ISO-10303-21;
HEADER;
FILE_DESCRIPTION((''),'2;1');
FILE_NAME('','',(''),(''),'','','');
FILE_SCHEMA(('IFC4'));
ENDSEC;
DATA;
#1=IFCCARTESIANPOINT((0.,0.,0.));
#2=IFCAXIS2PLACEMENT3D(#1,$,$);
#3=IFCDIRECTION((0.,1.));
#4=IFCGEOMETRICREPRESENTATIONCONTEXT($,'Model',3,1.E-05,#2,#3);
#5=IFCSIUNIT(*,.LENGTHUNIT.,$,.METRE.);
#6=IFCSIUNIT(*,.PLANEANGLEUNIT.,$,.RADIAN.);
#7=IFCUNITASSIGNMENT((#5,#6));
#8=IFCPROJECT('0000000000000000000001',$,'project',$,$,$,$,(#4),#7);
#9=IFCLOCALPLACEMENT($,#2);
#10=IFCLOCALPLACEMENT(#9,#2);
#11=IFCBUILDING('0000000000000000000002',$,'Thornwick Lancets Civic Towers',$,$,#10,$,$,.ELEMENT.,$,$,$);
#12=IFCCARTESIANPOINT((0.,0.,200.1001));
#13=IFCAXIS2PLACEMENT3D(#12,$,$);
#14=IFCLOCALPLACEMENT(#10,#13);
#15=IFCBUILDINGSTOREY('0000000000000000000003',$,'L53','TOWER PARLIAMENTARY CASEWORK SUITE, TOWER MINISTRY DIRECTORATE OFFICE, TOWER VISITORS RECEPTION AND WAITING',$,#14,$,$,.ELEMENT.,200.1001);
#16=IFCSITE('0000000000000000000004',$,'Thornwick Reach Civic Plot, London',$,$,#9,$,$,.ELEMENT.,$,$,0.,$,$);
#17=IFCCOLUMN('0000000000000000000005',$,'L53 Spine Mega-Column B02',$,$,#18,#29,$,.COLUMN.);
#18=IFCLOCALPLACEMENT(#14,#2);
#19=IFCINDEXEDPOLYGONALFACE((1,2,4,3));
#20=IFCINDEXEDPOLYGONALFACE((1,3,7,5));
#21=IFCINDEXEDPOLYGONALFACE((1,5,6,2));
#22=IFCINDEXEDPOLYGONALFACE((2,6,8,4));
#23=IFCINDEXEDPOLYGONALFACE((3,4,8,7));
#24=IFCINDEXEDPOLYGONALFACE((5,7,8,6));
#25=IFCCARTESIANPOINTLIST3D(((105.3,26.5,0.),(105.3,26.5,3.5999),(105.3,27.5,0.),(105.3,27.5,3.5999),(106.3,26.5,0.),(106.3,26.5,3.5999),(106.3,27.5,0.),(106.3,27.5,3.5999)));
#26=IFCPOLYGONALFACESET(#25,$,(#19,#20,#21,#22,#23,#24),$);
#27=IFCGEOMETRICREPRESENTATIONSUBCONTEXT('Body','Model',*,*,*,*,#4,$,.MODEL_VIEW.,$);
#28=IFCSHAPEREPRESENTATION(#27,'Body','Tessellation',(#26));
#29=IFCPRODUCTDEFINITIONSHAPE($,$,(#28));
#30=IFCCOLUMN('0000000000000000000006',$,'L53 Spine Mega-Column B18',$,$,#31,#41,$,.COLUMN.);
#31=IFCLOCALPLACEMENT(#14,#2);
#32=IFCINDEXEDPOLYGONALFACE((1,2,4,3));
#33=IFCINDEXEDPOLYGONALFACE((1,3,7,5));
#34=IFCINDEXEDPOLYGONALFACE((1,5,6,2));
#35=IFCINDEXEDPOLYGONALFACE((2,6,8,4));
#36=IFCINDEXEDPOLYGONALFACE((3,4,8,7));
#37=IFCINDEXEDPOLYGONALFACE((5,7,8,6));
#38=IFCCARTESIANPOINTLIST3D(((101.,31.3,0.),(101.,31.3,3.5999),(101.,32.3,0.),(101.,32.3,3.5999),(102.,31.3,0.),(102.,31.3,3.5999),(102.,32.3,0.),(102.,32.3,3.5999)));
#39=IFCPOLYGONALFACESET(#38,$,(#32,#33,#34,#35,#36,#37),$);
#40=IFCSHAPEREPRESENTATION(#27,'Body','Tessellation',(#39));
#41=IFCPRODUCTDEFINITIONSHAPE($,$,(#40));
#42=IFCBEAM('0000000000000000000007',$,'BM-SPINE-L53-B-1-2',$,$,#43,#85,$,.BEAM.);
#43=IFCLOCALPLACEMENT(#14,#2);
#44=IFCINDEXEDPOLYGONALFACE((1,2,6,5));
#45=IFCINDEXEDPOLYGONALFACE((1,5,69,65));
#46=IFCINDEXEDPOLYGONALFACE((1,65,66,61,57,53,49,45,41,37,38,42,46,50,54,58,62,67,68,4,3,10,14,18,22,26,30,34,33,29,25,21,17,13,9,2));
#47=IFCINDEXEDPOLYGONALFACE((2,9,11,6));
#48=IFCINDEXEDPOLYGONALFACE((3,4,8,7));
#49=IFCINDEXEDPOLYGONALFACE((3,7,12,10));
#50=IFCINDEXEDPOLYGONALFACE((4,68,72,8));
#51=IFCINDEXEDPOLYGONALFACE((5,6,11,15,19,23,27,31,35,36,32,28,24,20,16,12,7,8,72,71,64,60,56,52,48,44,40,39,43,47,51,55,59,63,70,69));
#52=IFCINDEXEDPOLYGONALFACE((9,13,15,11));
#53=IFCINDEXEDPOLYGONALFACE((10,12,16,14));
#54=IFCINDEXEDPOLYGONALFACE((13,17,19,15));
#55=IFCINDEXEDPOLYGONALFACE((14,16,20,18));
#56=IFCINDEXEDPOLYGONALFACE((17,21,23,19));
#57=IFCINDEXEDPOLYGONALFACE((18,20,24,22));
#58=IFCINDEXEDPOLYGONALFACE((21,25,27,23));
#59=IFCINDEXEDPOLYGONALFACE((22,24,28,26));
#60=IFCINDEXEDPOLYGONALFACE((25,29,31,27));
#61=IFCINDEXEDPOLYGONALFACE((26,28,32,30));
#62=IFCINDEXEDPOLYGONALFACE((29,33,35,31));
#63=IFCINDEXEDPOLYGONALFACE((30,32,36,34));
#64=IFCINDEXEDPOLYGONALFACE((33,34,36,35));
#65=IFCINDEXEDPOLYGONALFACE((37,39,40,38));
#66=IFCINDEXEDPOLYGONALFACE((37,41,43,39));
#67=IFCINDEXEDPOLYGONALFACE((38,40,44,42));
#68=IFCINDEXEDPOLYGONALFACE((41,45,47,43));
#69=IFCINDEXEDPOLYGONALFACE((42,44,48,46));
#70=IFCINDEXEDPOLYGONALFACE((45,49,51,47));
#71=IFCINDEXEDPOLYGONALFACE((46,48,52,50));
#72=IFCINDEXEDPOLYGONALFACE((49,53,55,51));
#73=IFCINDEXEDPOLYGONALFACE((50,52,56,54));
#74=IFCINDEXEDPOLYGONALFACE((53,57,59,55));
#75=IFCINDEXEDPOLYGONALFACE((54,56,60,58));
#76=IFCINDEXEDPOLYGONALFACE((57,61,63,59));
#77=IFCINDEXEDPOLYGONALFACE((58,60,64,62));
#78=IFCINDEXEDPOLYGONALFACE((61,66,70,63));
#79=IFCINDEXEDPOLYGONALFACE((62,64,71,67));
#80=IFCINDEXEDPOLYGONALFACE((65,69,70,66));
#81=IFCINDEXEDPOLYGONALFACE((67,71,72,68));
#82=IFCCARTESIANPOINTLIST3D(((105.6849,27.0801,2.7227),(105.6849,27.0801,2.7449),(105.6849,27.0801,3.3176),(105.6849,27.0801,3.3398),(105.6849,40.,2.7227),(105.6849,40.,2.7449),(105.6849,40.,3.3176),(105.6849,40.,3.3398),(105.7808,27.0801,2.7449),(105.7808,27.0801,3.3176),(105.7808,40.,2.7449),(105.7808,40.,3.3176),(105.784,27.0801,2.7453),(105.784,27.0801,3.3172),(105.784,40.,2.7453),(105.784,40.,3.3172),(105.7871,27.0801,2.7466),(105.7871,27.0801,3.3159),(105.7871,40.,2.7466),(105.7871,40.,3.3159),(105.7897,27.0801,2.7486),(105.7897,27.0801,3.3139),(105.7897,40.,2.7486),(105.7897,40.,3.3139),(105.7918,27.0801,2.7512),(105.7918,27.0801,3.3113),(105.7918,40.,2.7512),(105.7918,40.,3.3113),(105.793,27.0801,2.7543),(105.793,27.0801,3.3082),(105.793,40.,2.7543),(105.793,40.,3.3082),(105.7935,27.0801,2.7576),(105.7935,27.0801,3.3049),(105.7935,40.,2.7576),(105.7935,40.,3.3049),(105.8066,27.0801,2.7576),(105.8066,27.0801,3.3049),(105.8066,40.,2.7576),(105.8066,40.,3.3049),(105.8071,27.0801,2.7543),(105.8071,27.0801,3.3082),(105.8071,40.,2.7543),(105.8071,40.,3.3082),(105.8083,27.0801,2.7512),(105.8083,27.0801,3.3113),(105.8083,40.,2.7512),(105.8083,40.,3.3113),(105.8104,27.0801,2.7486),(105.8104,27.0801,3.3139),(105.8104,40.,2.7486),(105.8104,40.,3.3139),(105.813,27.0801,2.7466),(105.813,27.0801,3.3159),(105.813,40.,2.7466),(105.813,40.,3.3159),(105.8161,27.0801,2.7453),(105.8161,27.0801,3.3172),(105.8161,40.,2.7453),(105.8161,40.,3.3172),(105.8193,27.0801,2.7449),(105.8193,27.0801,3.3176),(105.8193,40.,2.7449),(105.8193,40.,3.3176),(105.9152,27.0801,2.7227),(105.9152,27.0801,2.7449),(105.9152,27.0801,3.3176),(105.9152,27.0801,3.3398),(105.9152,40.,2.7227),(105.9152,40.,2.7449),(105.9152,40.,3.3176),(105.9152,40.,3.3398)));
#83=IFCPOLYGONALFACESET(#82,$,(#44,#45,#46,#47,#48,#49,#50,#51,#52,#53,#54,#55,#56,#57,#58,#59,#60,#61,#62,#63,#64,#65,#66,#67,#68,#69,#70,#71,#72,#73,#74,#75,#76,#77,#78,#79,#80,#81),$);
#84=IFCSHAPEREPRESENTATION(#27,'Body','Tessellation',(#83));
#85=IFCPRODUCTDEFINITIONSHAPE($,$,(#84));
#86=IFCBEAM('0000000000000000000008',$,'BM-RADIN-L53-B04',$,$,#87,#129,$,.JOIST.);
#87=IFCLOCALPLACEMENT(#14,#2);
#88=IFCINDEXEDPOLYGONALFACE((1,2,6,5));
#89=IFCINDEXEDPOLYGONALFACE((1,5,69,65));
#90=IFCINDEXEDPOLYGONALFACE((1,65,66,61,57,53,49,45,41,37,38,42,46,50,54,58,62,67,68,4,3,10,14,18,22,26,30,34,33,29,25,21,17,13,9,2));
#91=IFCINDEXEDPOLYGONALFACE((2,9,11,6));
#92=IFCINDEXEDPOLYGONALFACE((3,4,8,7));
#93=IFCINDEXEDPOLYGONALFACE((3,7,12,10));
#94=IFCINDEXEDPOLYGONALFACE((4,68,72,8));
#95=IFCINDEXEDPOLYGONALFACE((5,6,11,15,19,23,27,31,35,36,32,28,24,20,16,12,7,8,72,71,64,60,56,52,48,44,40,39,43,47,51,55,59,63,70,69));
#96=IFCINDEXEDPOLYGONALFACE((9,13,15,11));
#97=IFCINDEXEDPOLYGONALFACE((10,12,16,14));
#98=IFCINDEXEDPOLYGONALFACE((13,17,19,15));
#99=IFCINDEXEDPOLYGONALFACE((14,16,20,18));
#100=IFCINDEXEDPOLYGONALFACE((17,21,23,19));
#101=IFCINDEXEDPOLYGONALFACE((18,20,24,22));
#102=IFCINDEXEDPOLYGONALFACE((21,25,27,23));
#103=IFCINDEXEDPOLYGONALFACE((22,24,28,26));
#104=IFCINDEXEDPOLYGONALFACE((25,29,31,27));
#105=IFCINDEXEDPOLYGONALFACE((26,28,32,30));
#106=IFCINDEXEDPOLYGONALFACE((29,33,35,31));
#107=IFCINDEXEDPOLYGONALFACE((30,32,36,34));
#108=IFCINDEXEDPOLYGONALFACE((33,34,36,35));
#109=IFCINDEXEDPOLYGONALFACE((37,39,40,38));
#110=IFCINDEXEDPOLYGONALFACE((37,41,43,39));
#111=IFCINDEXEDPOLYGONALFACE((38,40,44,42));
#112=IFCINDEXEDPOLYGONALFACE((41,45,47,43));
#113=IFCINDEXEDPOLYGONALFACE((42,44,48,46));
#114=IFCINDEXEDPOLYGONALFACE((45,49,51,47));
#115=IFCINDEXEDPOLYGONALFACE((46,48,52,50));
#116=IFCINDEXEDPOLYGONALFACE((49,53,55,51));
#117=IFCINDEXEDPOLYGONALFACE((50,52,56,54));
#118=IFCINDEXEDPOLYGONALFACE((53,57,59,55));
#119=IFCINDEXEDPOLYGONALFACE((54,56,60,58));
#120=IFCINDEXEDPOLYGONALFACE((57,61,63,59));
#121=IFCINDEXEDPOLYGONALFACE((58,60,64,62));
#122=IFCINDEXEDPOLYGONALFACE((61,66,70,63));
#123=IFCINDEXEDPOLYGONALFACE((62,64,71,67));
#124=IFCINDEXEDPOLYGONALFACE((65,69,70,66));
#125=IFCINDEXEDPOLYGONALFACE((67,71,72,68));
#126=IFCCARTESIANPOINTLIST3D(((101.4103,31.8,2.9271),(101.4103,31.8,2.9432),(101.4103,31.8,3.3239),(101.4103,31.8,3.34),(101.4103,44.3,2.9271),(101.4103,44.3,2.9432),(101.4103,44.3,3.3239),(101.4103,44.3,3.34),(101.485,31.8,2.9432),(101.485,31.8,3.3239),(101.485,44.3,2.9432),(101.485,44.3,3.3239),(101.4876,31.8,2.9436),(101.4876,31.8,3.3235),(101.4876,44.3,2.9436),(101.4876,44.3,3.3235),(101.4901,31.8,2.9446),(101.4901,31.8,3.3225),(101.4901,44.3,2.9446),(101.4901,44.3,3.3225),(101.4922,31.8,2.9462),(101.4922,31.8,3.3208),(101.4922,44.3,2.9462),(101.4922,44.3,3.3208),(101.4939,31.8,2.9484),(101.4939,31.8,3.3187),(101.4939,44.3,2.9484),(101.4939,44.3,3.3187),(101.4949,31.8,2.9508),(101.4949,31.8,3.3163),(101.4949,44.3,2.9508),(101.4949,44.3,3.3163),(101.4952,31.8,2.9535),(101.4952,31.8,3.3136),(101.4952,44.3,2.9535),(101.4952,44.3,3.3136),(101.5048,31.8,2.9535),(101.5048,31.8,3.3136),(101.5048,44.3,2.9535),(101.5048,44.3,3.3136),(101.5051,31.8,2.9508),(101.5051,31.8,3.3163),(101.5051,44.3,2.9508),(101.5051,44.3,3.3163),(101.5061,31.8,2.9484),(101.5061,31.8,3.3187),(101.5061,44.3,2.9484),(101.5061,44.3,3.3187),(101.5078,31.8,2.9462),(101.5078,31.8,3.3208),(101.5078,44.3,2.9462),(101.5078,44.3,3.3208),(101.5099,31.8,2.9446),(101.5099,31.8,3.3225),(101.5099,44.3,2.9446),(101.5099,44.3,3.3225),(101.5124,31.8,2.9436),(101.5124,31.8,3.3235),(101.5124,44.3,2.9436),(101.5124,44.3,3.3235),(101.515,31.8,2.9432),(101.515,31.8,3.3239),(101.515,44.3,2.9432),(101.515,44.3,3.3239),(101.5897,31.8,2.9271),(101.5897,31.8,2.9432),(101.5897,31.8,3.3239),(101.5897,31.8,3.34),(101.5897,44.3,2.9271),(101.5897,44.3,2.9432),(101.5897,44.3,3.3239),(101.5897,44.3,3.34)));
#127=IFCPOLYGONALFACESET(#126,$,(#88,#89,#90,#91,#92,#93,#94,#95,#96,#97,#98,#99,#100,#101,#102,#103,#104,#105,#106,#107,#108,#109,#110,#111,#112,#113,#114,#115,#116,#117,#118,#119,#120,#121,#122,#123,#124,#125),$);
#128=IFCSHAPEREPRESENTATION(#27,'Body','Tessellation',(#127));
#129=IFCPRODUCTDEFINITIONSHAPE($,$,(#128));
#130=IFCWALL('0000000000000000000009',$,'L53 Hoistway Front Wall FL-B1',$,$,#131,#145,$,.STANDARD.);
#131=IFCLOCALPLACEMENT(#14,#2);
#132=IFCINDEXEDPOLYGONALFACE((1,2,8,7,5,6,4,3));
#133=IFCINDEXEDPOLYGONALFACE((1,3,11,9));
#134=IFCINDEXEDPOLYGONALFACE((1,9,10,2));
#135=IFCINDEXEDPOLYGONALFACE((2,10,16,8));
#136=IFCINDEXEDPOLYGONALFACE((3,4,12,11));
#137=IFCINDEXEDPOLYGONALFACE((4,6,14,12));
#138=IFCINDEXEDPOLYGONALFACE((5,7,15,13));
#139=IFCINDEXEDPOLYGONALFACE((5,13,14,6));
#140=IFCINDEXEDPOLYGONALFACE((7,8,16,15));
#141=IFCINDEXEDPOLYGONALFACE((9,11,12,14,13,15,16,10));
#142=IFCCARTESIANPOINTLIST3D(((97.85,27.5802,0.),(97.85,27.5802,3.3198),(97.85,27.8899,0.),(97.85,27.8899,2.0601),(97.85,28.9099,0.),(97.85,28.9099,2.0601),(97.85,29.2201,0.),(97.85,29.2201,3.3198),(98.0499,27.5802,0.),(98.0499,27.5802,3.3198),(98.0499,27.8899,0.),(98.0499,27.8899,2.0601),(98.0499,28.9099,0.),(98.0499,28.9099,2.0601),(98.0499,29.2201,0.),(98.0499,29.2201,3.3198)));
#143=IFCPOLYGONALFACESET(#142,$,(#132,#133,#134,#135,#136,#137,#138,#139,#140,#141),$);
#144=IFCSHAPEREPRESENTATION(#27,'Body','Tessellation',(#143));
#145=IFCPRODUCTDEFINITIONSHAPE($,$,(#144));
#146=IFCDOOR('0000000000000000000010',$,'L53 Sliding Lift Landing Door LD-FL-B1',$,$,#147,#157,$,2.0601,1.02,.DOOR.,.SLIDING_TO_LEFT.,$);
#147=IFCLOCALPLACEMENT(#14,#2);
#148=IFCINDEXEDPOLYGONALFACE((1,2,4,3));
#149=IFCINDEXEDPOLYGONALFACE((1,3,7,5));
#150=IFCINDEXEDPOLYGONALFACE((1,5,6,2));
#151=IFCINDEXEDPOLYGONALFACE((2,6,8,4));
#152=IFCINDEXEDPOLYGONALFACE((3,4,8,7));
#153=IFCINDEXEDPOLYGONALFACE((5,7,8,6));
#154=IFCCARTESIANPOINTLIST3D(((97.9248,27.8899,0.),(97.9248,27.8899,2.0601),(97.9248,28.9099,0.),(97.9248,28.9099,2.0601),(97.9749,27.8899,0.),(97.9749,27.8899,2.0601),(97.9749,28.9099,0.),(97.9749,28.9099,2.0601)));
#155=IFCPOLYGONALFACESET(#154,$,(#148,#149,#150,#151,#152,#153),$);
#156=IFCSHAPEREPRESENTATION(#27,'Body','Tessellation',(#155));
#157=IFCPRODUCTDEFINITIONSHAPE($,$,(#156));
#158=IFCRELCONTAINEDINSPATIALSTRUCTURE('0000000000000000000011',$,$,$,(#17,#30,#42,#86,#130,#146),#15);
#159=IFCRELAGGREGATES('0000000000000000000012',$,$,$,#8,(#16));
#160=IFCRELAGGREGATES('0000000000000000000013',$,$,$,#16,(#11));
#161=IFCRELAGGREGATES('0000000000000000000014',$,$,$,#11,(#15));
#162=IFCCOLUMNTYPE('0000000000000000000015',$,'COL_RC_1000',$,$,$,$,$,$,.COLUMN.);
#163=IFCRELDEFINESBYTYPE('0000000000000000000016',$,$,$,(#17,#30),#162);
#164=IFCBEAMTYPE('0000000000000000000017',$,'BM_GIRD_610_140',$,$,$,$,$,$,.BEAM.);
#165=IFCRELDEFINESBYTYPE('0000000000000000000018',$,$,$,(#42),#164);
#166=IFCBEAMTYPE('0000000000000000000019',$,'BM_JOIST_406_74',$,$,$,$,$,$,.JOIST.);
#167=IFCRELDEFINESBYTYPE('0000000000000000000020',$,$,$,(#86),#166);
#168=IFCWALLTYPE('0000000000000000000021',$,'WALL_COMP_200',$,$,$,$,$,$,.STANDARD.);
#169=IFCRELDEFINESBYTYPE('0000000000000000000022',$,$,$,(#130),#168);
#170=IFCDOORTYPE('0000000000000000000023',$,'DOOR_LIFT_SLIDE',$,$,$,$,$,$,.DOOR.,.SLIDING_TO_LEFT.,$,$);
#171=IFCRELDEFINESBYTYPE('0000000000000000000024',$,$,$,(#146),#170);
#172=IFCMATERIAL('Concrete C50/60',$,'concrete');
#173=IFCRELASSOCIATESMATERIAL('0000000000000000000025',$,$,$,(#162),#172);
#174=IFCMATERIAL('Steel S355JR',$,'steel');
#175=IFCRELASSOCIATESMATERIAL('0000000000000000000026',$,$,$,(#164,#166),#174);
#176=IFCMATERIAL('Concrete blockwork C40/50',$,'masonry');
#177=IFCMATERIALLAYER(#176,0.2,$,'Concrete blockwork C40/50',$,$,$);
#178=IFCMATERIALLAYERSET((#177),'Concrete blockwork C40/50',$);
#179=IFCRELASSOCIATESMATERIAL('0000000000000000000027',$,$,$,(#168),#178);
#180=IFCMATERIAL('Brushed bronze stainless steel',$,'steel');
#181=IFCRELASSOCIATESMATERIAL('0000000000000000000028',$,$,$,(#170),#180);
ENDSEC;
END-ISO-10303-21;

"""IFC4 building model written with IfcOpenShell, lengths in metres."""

from ifc_helpers import new_model, si_unit, direction, frame, frame_2d, origin, origin_2d, place, context, subcontext, project, spatial, rectangle, i_section, extrude, material, layer, layer_set, material_profile, profile_set, type_object, element, fill, save


model = new_model("IFC4")

# Units and contexts
model_context = context("Model", 3, precision=1e-05, world=origin(), true_north=direction((0.0, 1.0)))
body_context = subcontext(model_context, "Body", "Model", "MODEL_VIEW")
ifc_project = project(units=[si_unit("LENGTHUNIT", "METRE"), si_unit("PLANEANGLEUNIT", "RADIAN")], contexts=[model_context])

# Site, building, storey
site_placement = place(None, origin())
site = spatial("IfcSite", under=ifc_project, at=site_placement, Name="Thornwick Reach Civic Plot, London", CompositionType="ELEMENT", RefElevation=0.0)
building_placement = place(site_placement, origin())
building = spatial("IfcBuilding", under=site, at=building_placement, Name="Thornwick Lancets Civic Towers", CompositionType="ELEMENT")
storey_placement = place(building_placement, frame((0.0, 0.0, 200.1001)))
storey = spatial("IfcBuildingStorey", under=building, at=storey_placement, Name="L53", Description="TOWER PARLIAMENTARY CASEWORK SUITE, TOWER MINISTRY DIRECTORATE OFFICE, TOWER VISITORS RECEPTION AND WAITING", CompositionType="ELEMENT", Elevation=200.1001)

# Columns
ifc_material_1 = material(Name="Concrete C50/60", Category="concrete")
ifc_material_profile_1 = material_profile(ifc_material_1, rectangle(XDim=1.0, YDim=1.0, at=origin_2d()), Name="RC 1000x1000")
ifc_profile_set_1 = profile_set([ifc_material_profile_1], Name="Concrete C50/60")
column_type = type_object("IfcColumnType", Name="COL_RC_1000", PredefinedType="COLUMN", material=ifc_profile_set_1)
for number, where, z_axis, x_axis, name in (
    (1, (105.8, 27.0, 0.0), (0.0, 0.0, 1.0), (1.0, 0.0, 0.0), "L53 Spine Mega-Column B02"),
    (2, (101.5, 31.8, 0.0), (0.0, 0.0, 1.0), (1.0, 0.0, 0.0), "L53 Spine Mega-Column B18"),
):
    element("IfcColumn", number, at=place(storey_placement, frame(where, z_axis=z_axis, x_axis=x_axis)), inside=storey, type_object=column_type, Name=name, PredefinedType="COLUMN", context=body_context, shape_type="SweptSolid", body=[
        extrude(rectangle(XDim=1.0, YDim=1.0, at=origin_2d()), origin(), (0.0, 0.0, 1.0), 3.5999),
    ])

# Beams
ifc_material_2 = material(Name="Steel S355JR", Category="steel")
ifc_material_profile_2 = material_profile(ifc_material_2, i_section(OverallWidth=0.2302, OverallDepth=0.6172, WebThickness=0.0132, FlangeThickness=0.0222, FilletRadius=0.0127, at=origin_2d()), Name="UKB 610x229x140")
ifc_profile_set_2 = profile_set([ifc_material_profile_2], Name="Steel S355JR")
beam_type_1 = type_object("IfcBeamType", Name="BM_GIRD_610_140", PredefinedType="BEAM", material=ifc_profile_set_2)
beam_1_placement = place(storey_placement, frame((105.8, 27.0801, 3.0312), z_axis=(0.0, 1.0, 0.0), x_axis=(-1.0, 0.0, 0.0)))
element("IfcBeam", 3, at=beam_1_placement, inside=storey, type_object=beam_type_1, Name="BM-SPINE-L53-B-1-2", PredefinedType="BEAM", context=body_context, shape_type="SweptSolid", body=[
    extrude(i_section(OverallWidth=0.2302, OverallDepth=0.6172, WebThickness=0.0132, FlangeThickness=0.0222, FilletRadius=0.0127, at=origin_2d()), origin(), (0.0, 0.0, 1.0), 12.9199),
])
ifc_material_profile_3 = material_profile(ifc_material_2, i_section(OverallWidth=0.1794, OverallDepth=0.4128, WebThickness=0.0095, FlangeThickness=0.0161, FilletRadius=0.0103, at=origin_2d()), Name="UKB 406x178x74")
ifc_profile_set_3 = profile_set([ifc_material_profile_3], Name="Steel S355JR")
beam_type_2 = type_object("IfcBeamType", Name="BM_JOIST_406_74", PredefinedType="JOIST", material=ifc_profile_set_3)
beam_2_placement = place(storey_placement, frame((101.5, 31.8, 3.1335), z_axis=(0.0, 1.0, 0.0), x_axis=(-1.0, 0.0, 0.0)))
element("IfcBeam", 4, at=beam_2_placement, inside=storey, type_object=beam_type_2, Name="BM-RADIN-L53-B04", PredefinedType="JOIST", context=body_context, shape_type="SweptSolid", body=[
    extrude(i_section(OverallWidth=0.1794, OverallDepth=0.4128, WebThickness=0.0095, FlangeThickness=0.0161, FilletRadius=0.0103, at=origin_2d()), origin(), (0.0, 0.0, 1.0), 12.5),
])

# Wall, opening, door
ifc_material_3 = material(Name="Concrete blockwork C40/50", Category="masonry")
ifc_layer_1 = layer(ifc_material_3, 0.2, Name="Concrete blockwork C40/50")
ifc_layer_set_1 = layer_set([ifc_layer_1], Name="Concrete blockwork C40/50")
wall_type_1 = type_object("IfcWallType", Name="WALL_COMP_200", PredefinedType="STANDARD", material=ifc_layer_set_1)
wall_1_placement = place(storey_placement, frame((97.95, 29.22, 0.0), z_axis=(0.0, 0.0, 1.0), x_axis=(0.0, -1.0, 0.0)))
wall_1 = element("IfcWall", 5, at=wall_1_placement, inside=storey, type_object=wall_type_1, Name="L53 Hoistway Front Wall FL-B1", PredefinedType="STANDARD", context=body_context, shape_type="SweptSolid", body=[
    extrude(rectangle(XDim=1.6399, YDim=0.2, at=frame_2d((0.8198, 0.0))), origin(), (0.0, 0.0, 1.0), 3.3198),
])
opening_1_placement = place(wall_1_placement, frame((0.3101, 0.0, 0.0)))
opening_1 = element("IfcOpeningElement", 6, at=opening_1_placement, cuts=wall_1, PredefinedType="OPENING", context=body_context, shape_type="SweptSolid", body=[
    extrude(rectangle(XDim=1.02, YDim=2.0601, at=frame_2d((0.51, 1.03))), frame((0.0, 0.1099, 0.0), z_axis=(0.0, -1.0, 0.0), x_axis=(1.0, 0.0, 0.0)), (0.0, 0.0, 1.0), 0.22),
])
ifc_material_4 = material(Name="Brushed bronze stainless steel", Category="steel")
door_type_1 = type_object("IfcDoorType", Name="DOOR_LIFT_SLIDE", OperationType="SLIDING_TO_LEFT", PredefinedType="DOOR", material=ifc_material_4)
door_1_placement = place(opening_1_placement, origin())
door_1 = element("IfcDoor", 7, at=door_1_placement, inside=storey, type_object=door_type_1, Name="L53 Sliding Lift Landing Door LD-FL-B1", OperationType="SLIDING_TO_LEFT", OverallHeight=2.0601, OverallWidth=1.02, PredefinedType="DOOR", context=body_context, shape_type="SweptSolid", body=[
    extrude(rectangle(XDim=1.02, YDim=2.0601, at=frame_2d((0.51, 1.03))), frame((0.0, 0.0249, 0.0), z_axis=(0.0, -1.0, 0.0), x_axis=(1.0, 0.0, 0.0)), (0.0, 0.0, 1.0), 0.05),
])
fill(opening_1, door_1)

save(model, "model.ifc")
